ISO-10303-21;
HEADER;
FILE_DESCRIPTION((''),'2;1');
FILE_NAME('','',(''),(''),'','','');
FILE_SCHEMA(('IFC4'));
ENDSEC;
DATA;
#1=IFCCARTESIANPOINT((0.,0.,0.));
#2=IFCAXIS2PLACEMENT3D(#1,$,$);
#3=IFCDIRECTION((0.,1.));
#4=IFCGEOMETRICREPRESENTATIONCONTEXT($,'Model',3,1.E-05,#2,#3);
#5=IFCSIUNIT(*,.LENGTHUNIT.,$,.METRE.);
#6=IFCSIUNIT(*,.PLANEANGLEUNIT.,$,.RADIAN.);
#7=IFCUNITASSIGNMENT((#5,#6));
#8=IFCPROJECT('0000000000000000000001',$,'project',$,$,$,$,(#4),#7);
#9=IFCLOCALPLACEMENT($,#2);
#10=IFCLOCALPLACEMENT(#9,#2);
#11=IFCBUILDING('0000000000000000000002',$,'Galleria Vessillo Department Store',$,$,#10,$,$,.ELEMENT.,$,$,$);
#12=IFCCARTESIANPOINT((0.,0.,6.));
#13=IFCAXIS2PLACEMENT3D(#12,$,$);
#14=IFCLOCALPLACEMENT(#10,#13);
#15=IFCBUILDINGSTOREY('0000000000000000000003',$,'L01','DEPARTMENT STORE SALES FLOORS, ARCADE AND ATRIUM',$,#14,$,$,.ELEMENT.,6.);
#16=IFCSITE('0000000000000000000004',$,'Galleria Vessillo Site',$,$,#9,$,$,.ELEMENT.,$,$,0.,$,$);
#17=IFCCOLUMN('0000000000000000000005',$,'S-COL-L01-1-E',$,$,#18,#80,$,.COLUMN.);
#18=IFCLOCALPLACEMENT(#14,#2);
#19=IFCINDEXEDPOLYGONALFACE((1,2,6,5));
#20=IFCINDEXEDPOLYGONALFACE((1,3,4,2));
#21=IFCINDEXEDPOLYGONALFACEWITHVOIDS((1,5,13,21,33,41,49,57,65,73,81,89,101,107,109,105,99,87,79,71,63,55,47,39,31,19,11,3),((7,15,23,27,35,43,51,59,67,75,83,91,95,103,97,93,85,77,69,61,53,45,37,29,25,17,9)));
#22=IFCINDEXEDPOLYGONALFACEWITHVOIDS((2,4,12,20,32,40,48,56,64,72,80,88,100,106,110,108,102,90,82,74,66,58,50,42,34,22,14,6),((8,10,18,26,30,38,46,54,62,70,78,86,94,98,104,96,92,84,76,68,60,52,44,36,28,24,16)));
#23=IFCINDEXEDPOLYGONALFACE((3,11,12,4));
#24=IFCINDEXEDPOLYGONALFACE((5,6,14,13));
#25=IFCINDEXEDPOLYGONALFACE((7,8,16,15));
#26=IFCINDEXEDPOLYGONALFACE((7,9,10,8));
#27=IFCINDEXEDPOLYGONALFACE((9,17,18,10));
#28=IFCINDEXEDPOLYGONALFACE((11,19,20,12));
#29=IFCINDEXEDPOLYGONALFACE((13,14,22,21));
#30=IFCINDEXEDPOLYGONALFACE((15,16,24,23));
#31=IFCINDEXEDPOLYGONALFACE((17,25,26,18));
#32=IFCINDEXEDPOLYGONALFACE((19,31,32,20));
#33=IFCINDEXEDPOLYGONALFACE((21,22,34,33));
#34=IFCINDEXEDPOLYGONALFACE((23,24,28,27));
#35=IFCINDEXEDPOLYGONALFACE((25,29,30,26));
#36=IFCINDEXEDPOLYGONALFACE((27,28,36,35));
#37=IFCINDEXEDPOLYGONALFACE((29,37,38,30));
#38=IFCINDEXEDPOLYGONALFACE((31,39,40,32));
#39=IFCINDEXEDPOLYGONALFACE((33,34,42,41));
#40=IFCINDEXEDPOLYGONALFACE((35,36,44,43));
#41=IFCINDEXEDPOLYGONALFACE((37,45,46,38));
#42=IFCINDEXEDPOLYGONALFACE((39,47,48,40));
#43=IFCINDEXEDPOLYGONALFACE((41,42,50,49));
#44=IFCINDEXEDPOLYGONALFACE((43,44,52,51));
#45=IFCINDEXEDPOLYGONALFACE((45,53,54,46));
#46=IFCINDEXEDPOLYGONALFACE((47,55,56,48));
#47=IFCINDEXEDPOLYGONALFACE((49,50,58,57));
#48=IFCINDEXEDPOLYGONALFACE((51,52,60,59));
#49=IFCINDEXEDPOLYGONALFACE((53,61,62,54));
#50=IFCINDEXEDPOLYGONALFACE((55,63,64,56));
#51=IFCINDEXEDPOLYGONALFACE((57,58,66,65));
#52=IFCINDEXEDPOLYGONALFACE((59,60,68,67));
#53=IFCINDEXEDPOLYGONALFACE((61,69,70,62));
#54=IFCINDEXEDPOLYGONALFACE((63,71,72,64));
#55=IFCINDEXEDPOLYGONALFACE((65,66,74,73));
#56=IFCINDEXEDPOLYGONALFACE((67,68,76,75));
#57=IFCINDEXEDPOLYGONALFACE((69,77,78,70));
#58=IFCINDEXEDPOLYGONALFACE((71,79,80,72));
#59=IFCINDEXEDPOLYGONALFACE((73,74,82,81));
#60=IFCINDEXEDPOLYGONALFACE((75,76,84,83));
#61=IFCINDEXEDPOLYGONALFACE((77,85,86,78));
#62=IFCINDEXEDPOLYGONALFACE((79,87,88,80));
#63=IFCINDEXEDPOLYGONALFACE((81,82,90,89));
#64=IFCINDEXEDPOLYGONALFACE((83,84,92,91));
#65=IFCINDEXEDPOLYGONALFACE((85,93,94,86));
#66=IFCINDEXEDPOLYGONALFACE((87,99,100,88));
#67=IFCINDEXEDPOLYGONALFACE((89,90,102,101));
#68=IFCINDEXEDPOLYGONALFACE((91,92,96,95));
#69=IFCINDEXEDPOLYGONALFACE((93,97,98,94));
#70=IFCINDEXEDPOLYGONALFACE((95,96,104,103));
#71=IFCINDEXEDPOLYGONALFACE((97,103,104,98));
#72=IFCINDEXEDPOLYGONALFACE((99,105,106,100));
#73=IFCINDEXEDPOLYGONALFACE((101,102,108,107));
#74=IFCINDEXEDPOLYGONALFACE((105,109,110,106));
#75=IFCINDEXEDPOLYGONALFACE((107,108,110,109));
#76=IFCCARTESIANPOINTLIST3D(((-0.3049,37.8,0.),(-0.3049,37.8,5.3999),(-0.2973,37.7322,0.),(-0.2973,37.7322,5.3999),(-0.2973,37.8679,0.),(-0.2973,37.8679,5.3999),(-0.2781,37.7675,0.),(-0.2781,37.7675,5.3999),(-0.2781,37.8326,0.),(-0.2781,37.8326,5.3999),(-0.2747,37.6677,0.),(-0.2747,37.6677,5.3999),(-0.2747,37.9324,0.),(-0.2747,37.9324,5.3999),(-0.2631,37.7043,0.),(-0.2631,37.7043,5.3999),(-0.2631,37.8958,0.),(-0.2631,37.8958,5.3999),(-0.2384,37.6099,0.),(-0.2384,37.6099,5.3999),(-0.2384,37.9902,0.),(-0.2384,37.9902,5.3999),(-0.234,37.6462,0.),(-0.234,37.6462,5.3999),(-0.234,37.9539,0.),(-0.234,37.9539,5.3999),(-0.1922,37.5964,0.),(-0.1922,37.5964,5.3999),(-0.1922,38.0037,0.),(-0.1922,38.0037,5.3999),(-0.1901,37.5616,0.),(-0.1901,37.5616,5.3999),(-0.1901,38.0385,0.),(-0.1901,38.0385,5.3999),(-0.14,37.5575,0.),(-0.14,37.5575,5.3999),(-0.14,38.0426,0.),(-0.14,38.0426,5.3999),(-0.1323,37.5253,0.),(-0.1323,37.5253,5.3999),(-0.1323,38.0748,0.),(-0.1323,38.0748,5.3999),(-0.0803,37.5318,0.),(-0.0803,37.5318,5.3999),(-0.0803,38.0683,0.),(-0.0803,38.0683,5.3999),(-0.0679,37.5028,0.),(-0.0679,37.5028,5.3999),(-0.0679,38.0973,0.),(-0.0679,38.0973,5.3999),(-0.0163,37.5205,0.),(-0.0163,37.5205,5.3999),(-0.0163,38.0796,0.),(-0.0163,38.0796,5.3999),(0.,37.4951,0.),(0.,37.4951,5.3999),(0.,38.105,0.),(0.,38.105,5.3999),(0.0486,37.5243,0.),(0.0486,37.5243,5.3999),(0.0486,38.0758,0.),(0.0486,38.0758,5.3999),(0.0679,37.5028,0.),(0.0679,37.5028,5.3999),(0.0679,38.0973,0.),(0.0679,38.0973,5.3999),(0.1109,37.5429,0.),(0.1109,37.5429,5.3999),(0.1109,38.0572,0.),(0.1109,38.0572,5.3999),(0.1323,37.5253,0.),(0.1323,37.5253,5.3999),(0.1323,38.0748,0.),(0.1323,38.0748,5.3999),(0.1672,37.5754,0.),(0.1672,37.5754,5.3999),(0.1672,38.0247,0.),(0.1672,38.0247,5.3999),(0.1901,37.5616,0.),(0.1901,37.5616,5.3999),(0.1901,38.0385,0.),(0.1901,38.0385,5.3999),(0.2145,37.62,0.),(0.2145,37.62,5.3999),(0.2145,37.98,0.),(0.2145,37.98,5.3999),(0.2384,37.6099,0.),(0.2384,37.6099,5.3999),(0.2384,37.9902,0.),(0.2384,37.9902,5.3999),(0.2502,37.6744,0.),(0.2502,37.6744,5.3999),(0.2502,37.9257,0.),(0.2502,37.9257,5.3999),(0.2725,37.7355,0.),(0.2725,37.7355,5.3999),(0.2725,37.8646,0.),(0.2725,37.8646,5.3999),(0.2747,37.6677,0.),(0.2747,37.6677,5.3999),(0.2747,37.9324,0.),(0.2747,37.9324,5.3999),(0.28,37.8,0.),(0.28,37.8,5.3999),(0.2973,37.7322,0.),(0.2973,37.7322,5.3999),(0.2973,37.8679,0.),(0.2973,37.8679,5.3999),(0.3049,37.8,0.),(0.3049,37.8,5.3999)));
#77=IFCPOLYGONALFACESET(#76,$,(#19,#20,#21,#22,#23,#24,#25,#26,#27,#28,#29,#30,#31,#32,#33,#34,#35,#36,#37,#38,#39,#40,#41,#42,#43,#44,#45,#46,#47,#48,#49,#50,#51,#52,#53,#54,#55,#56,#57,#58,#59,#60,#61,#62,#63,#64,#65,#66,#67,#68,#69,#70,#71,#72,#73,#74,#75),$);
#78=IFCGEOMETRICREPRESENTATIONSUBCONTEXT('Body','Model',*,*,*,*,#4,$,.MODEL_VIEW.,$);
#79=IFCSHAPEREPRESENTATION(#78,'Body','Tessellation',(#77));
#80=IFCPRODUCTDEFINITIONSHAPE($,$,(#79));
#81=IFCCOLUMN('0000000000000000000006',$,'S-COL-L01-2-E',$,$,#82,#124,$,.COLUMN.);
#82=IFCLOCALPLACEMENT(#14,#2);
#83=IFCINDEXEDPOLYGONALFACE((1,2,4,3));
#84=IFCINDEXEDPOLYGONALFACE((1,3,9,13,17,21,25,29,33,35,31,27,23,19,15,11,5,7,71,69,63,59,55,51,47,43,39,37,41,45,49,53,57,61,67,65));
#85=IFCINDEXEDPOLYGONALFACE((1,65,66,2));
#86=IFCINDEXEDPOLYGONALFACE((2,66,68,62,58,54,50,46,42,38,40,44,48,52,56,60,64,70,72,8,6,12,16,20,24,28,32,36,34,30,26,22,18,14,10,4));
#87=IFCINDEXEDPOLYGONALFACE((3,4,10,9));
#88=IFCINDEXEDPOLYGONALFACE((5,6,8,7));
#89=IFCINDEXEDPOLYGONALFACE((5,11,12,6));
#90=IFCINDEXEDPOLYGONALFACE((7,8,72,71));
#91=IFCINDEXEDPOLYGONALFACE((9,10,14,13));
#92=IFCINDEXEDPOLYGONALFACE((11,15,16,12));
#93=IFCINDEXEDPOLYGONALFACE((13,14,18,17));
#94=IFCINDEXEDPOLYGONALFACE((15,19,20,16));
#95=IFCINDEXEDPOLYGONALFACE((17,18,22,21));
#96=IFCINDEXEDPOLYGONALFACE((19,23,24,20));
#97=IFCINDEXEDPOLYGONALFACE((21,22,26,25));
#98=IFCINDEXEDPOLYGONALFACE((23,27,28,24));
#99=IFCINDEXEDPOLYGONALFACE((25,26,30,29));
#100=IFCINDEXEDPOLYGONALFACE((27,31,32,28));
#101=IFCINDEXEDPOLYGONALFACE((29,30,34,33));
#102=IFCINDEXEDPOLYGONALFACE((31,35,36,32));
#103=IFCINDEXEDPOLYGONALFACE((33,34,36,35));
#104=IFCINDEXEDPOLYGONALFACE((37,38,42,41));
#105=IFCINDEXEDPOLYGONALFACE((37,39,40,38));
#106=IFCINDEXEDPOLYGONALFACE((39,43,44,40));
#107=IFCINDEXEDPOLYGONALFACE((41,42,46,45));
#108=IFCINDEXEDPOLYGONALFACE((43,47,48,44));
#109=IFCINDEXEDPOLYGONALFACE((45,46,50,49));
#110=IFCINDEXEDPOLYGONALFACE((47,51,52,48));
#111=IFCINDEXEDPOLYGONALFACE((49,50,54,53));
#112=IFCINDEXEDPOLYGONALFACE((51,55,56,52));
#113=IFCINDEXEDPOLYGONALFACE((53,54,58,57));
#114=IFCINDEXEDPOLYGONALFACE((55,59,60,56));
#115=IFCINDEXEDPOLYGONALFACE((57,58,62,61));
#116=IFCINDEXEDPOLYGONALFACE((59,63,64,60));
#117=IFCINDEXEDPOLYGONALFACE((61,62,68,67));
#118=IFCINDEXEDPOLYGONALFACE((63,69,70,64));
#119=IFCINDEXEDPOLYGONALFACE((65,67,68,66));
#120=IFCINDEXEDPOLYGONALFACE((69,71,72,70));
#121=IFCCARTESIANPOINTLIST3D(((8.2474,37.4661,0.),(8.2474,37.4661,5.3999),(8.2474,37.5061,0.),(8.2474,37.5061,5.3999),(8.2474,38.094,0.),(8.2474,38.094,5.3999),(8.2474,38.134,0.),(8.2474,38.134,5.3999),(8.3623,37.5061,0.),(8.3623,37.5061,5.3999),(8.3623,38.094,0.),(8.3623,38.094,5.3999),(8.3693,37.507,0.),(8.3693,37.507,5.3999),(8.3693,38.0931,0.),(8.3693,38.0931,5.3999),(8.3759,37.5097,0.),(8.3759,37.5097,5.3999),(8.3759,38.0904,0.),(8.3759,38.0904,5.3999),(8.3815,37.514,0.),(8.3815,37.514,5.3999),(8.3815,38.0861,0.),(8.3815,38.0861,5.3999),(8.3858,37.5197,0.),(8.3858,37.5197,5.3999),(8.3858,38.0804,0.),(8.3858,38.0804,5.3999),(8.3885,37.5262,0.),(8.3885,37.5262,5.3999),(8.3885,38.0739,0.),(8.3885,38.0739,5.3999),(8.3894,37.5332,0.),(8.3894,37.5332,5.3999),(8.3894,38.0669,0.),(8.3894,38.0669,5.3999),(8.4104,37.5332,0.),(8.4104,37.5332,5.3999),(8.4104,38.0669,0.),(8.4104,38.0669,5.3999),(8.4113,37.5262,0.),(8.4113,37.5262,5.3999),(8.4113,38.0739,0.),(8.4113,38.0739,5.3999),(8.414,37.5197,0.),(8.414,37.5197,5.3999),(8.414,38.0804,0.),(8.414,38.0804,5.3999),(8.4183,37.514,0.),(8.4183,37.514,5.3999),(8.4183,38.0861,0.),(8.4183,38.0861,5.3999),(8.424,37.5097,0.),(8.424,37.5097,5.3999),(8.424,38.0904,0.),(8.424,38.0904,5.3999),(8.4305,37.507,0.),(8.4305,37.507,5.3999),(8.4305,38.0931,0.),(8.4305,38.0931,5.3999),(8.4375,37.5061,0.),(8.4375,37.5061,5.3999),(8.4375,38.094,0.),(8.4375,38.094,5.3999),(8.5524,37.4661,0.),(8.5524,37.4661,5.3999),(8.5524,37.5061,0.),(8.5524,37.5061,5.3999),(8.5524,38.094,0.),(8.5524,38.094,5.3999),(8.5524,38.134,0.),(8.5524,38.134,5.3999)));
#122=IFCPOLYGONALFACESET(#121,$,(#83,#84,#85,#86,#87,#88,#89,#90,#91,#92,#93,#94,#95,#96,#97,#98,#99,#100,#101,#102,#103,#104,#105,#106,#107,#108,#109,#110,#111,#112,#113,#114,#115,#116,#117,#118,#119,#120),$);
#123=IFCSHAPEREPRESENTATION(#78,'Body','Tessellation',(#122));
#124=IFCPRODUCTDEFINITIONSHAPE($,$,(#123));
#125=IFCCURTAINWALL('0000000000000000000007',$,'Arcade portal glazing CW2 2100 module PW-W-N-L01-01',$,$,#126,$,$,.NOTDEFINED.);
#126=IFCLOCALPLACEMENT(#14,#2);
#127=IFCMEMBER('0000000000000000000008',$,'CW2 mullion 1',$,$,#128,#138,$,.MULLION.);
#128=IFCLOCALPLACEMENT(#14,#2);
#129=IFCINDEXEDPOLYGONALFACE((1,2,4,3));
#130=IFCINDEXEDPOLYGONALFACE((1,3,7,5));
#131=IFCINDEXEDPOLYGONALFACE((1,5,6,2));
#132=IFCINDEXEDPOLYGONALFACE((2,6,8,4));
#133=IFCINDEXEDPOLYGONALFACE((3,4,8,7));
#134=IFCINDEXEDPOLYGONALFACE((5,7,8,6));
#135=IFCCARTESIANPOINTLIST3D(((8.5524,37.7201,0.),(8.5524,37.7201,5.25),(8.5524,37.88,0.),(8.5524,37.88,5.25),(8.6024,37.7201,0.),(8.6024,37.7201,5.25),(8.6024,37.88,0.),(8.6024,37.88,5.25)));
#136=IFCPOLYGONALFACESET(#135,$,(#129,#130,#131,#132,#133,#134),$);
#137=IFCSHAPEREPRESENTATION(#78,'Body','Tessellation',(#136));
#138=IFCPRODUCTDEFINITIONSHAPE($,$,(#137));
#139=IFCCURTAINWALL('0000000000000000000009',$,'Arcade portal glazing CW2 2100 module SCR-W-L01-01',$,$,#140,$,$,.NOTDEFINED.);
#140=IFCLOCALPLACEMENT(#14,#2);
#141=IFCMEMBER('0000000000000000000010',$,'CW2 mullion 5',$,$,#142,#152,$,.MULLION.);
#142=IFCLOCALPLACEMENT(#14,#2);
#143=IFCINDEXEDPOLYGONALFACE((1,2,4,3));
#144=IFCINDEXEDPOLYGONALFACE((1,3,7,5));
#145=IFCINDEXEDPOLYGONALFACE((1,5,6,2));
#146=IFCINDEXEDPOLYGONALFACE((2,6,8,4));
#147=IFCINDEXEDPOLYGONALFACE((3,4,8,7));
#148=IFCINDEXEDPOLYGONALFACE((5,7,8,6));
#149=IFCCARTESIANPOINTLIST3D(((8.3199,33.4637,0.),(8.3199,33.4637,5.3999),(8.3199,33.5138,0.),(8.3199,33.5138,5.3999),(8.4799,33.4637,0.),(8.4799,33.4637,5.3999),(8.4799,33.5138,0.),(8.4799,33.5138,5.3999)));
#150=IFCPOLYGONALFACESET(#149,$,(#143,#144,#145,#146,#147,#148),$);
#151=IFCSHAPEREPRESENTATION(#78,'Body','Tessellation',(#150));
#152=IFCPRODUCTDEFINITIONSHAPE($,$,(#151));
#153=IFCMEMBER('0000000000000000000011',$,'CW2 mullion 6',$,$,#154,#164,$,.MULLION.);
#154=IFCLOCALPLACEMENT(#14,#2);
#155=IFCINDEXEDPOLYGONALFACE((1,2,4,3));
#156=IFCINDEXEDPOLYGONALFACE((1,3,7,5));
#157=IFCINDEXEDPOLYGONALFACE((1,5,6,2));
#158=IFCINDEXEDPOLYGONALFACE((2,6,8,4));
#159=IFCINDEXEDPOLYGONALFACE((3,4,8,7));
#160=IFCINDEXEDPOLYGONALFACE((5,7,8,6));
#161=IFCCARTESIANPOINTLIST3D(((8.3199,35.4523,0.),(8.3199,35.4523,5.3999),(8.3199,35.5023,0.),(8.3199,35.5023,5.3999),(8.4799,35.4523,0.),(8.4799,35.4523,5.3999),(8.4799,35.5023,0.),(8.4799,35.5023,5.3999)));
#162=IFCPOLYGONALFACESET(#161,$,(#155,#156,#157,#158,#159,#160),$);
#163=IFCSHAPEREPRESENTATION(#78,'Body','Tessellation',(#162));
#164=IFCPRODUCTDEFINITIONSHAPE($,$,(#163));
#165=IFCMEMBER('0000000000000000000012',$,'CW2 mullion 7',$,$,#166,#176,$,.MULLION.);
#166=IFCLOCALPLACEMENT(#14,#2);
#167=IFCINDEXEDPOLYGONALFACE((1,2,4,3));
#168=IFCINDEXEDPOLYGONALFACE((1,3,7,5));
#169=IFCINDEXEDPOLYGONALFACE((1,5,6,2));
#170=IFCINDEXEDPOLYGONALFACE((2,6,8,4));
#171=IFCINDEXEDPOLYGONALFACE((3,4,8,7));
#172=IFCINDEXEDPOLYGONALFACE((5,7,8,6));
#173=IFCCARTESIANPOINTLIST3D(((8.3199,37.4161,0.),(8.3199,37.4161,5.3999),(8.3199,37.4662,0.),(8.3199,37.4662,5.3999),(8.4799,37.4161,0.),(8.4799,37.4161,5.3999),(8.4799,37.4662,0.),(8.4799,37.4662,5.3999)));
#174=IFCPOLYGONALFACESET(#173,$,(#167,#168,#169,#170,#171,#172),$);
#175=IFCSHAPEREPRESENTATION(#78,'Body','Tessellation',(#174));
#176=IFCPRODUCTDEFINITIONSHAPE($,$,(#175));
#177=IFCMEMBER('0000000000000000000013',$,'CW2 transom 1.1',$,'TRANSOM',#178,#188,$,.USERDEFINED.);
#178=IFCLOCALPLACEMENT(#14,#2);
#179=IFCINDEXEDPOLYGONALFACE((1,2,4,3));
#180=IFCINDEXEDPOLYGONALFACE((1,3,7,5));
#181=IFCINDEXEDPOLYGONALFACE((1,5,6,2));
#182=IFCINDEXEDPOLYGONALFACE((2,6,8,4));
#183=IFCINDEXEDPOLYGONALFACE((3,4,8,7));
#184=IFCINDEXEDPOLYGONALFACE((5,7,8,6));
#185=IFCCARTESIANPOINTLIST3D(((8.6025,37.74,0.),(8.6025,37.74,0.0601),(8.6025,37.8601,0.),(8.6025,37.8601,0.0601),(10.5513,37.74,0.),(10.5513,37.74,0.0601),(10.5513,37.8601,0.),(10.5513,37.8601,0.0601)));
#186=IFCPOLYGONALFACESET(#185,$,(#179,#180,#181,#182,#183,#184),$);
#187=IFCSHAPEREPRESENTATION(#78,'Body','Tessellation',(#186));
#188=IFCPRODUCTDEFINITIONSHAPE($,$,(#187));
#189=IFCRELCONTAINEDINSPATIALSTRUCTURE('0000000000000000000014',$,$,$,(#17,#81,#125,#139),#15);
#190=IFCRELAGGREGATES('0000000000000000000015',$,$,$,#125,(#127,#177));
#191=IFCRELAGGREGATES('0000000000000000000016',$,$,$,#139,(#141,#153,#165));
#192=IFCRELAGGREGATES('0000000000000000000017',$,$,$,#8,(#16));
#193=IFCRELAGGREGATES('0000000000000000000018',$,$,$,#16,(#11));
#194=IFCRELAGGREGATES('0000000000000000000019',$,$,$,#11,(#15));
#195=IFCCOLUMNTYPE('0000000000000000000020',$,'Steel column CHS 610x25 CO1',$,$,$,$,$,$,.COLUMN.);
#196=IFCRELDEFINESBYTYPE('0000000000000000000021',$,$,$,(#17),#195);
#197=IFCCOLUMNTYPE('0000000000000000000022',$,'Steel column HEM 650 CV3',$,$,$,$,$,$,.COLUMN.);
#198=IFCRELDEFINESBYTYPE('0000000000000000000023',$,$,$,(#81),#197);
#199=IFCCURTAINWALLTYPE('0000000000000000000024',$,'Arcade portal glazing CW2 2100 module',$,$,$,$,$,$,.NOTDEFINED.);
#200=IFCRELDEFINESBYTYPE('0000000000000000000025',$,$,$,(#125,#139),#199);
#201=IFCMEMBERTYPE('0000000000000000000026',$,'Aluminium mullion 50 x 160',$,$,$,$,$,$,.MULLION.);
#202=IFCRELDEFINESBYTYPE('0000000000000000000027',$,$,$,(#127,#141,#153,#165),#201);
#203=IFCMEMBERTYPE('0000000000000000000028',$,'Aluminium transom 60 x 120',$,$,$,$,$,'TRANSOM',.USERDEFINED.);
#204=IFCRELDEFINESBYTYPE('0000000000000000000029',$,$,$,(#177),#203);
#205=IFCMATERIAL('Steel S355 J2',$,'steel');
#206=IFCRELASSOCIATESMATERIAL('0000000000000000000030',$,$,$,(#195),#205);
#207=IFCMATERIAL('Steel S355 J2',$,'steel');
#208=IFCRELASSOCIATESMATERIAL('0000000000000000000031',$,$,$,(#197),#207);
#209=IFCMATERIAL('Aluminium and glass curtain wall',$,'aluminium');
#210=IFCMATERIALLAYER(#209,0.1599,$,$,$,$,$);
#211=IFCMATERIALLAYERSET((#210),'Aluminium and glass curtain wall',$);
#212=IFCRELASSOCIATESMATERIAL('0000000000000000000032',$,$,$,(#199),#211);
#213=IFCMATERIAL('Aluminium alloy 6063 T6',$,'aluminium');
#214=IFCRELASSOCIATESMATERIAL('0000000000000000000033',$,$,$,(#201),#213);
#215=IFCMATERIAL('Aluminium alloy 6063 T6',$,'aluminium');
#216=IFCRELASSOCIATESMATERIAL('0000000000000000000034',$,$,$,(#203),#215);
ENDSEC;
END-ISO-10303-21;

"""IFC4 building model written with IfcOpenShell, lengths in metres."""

from ifc_helpers import new_model, si_unit, direction, frame, origin, origin_2d, place, context, subcontext, project, spatial, rectangle, hollow_circle, i_section, extrude, material, layer, layer_set, material_profile, profile_set, type_object, element, aggregate, save


model = new_model("IFC4")

# Units and contexts
model_context = context("Model", 3, precision=1e-05, world=origin(), true_north=direction((0.0, 1.0)))
body_context = subcontext(model_context, "Body", "Model", "MODEL_VIEW")
ifc_project = project(units=[si_unit("LENGTHUNIT", "METRE"), si_unit("PLANEANGLEUNIT", "RADIAN")], contexts=[model_context])

# Site, building, storey
site_placement = place(None, origin())
site = spatial("IfcSite", under=ifc_project, at=site_placement, Name="Galleria Vessillo Site", CompositionType="ELEMENT", RefElevation=0.0)
building_placement = place(site_placement, origin())
building = spatial("IfcBuilding", under=site, at=building_placement, Name="Galleria Vessillo Department Store", CompositionType="ELEMENT")
storey_placement = place(building_placement, frame((0.0, 0.0, 6.0)))
storey = spatial("IfcBuildingStorey", under=building, at=storey_placement, Name="L01", Description="DEPARTMENT STORE SALES FLOORS, ARCADE AND ATRIUM", CompositionType="ELEMENT", Elevation=6.0)

# Columns
ifc_material_1 = material(Name="Steel S355 J2", Category="steel")
ifc_material_profile_1 = material_profile(ifc_material_1, hollow_circle(Radius=0.3049, WallThickness=0.0249, at=origin_2d()), Name="CHS 610x25")
ifc_profile_set_1 = profile_set([ifc_material_profile_1], Name="Steel S355 J2")
column_type_1 = type_object("IfcColumnType", Name="Steel column CHS 610x25 CO1", PredefinedType="COLUMN", material=ifc_profile_set_1)
column_1_placement = place(storey_placement, frame((0.0, 37.8, 0.0), z_axis=(0.0, 0.0, 1.0), x_axis=(1.0, 0.0, 0.0)))
element("IfcColumn", 1, at=column_1_placement, inside=storey, type_object=column_type_1, Name="S-COL-L01-1-E", PredefinedType="COLUMN", context=body_context, shape_type="SweptSolid", body=[
    extrude(hollow_circle(Radius=0.3049, WallThickness=0.0249, at=origin_2d()), origin(), (0.0, 0.0, 1.0), 5.3999),
])
ifc_material_2 = material(Name="Steel S355 J2", Category="steel")
ifc_material_profile_2 = material_profile(ifc_material_2, i_section(OverallWidth=0.3049, OverallDepth=0.668, WebThickness=0.021, FlangeThickness=0.04, FilletRadius=0.0271, at=origin_2d()), Name="HEM 650")
ifc_profile_set_2 = profile_set([ifc_material_profile_2], Name="Steel S355 J2")
column_type_2 = type_object("IfcColumnType", Name="Steel column HEM 650 CV3", PredefinedType="COLUMN", material=ifc_profile_set_2)
column_2_placement = place(storey_placement, frame((8.3999, 37.8, 0.0), z_axis=(0.0, 0.0, 1.0), x_axis=(1.0, 0.0, 0.0)))
element("IfcColumn", 2, at=column_2_placement, inside=storey, type_object=column_type_2, Name="S-COL-L01-2-E", PredefinedType="COLUMN", context=body_context, shape_type="SweptSolid", body=[
    extrude(i_section(OverallWidth=0.3049, OverallDepth=0.668, WebThickness=0.021, FlangeThickness=0.04, FilletRadius=0.0271, at=origin_2d()), origin(), (0.0, 0.0, 1.0), 5.3999),
])

# Curtain wall, member
ifc_material_3 = material(Name="Aluminium and glass curtain wall", Category="aluminium")
ifc_layer_1 = layer(ifc_material_3, 0.1599)
ifc_layer_set_1 = layer_set([ifc_layer_1], Name="Aluminium and glass curtain wall")
curtain_wall_type = type_object("IfcCurtainWallType", Name="Arcade portal glazing CW2 2100 module", PredefinedType="NOTDEFINED", material=ifc_layer_set_1)
curtain_wall_1_placement = place(storey_placement, origin())
curtain_wall_1 = element("IfcCurtainWall", 3, at=curtain_wall_1_placement, inside=storey, type_object=curtain_wall_type, Name="Arcade portal glazing CW2 2100 module PW-W-N-L01-01", PredefinedType="NOTDEFINED")
ifc_material_4 = material(Name="Aluminium alloy 6063 T6", Category="aluminium")
ifc_material_profile_3 = material_profile(ifc_material_4, rectangle(XDim=0.1599, YDim=0.05, at=origin_2d()), Name="AL 50x160")
ifc_profile_set_3 = profile_set([ifc_material_profile_3], Name="Aluminium alloy 6063 T6")
member_type_1 = type_object("IfcMemberType", Name="Aluminium mullion 50 x 160", PredefinedType="MULLION", material=ifc_profile_set_3)
member_1_placement = place(storey_placement, frame((8.5774, 37.8, 0.0), z_axis=(0.0, 0.0, 1.0), x_axis=(0.0, 1.0, 0.0)))
member_1 = element("IfcMember", 4, at=member_1_placement, type_object=member_type_1, Name="CW2 mullion 1", PredefinedType="MULLION", context=body_context, shape_type="SweptSolid", body=[
    extrude(rectangle(XDim=0.1599, YDim=0.05, at=origin_2d()), origin(), (0.0, 0.0, 1.0), 5.25),
])

# Curtain wall, members
curtain_wall_2_placement = place(storey_placement, origin())
curtain_wall_2 = element("IfcCurtainWall", 5, at=curtain_wall_2_placement, inside=storey, type_object=curtain_wall_type, Name="Arcade portal glazing CW2 2100 module SCR-W-L01-01", PredefinedType="NOTDEFINED")
member_2_placement = place(storey_placement, frame((8.3999, 33.4888, 0.0), z_axis=(0.0, 0.0, 1.0), x_axis=(-1.0, 0.0, 0.0)))
member_2 = element("IfcMember", 6, at=member_2_placement, type_object=member_type_1, Name="CW2 mullion 5", PredefinedType="MULLION", context=body_context, shape_type="SweptSolid", body=[
    extrude(rectangle(XDim=0.1599, YDim=0.05, at=origin_2d()), origin(), (0.0, 0.0, 1.0), 5.3999),
])
member_3_placement = place(storey_placement, frame((8.3999, 35.4773, 0.0), z_axis=(0.0, 0.0, 1.0), x_axis=(-1.0, 0.0, 0.0)))
member_3 = element("IfcMember", 7, at=member_3_placement, type_object=member_type_1, Name="CW2 mullion 6", PredefinedType="MULLION", context=body_context, shape_type="SweptSolid", body=[
    extrude(rectangle(XDim=0.1599, YDim=0.05, at=origin_2d()), origin(), (0.0, 0.0, 1.0), 5.3999),
])
member_4_placement = place(storey_placement, frame((8.3999, 37.4412, 0.0), z_axis=(0.0, 0.0, 1.0), x_axis=(-1.0, 0.0, 0.0)))
member_4 = element("IfcMember", 8, at=member_4_placement, type_object=member_type_1, Name="CW2 mullion 7", PredefinedType="MULLION", context=body_context, shape_type="SweptSolid", body=[
    extrude(rectangle(XDim=0.1599, YDim=0.05, at=origin_2d()), origin(), (0.0, 0.0, 1.0), 5.3999),
])

# Member
ifc_material_5 = material(Name="Aluminium alloy 6063 T6", Category="aluminium")
ifc_material_profile_4 = material_profile(ifc_material_5, rectangle(XDim=0.1201, YDim=0.0601, at=origin_2d()), Name="AL 60x120")
ifc_profile_set_4 = profile_set([ifc_material_profile_4], Name="Aluminium alloy 6063 T6")
member_type_2 = type_object("IfcMemberType", Name="Aluminium transom 60 x 120", ElementType="TRANSOM", PredefinedType="USERDEFINED", material=ifc_profile_set_4)
member_5_placement = place(storey_placement, frame((8.6025, 37.8, 0.03), z_axis=(1.0, 0.0, 0.0), x_axis=(0.0, 1.0, 0.0)))
member_5 = element("IfcMember", 9, at=member_5_placement, type_object=member_type_2, Name="CW2 transom 1.1", ObjectType="TRANSOM", PredefinedType="USERDEFINED", context=body_context, shape_type="SweptSolid", body=[
    extrude(rectangle(XDim=0.1201, YDim=0.0601, at=origin_2d()), origin(), (0.0, 0.0, 1.0), 1.9487),
])
aggregate(curtain_wall_1, [member_1, member_5])

aggregate(curtain_wall_2, [member_2, member_3, member_4])

save(model, "model.ifc")
